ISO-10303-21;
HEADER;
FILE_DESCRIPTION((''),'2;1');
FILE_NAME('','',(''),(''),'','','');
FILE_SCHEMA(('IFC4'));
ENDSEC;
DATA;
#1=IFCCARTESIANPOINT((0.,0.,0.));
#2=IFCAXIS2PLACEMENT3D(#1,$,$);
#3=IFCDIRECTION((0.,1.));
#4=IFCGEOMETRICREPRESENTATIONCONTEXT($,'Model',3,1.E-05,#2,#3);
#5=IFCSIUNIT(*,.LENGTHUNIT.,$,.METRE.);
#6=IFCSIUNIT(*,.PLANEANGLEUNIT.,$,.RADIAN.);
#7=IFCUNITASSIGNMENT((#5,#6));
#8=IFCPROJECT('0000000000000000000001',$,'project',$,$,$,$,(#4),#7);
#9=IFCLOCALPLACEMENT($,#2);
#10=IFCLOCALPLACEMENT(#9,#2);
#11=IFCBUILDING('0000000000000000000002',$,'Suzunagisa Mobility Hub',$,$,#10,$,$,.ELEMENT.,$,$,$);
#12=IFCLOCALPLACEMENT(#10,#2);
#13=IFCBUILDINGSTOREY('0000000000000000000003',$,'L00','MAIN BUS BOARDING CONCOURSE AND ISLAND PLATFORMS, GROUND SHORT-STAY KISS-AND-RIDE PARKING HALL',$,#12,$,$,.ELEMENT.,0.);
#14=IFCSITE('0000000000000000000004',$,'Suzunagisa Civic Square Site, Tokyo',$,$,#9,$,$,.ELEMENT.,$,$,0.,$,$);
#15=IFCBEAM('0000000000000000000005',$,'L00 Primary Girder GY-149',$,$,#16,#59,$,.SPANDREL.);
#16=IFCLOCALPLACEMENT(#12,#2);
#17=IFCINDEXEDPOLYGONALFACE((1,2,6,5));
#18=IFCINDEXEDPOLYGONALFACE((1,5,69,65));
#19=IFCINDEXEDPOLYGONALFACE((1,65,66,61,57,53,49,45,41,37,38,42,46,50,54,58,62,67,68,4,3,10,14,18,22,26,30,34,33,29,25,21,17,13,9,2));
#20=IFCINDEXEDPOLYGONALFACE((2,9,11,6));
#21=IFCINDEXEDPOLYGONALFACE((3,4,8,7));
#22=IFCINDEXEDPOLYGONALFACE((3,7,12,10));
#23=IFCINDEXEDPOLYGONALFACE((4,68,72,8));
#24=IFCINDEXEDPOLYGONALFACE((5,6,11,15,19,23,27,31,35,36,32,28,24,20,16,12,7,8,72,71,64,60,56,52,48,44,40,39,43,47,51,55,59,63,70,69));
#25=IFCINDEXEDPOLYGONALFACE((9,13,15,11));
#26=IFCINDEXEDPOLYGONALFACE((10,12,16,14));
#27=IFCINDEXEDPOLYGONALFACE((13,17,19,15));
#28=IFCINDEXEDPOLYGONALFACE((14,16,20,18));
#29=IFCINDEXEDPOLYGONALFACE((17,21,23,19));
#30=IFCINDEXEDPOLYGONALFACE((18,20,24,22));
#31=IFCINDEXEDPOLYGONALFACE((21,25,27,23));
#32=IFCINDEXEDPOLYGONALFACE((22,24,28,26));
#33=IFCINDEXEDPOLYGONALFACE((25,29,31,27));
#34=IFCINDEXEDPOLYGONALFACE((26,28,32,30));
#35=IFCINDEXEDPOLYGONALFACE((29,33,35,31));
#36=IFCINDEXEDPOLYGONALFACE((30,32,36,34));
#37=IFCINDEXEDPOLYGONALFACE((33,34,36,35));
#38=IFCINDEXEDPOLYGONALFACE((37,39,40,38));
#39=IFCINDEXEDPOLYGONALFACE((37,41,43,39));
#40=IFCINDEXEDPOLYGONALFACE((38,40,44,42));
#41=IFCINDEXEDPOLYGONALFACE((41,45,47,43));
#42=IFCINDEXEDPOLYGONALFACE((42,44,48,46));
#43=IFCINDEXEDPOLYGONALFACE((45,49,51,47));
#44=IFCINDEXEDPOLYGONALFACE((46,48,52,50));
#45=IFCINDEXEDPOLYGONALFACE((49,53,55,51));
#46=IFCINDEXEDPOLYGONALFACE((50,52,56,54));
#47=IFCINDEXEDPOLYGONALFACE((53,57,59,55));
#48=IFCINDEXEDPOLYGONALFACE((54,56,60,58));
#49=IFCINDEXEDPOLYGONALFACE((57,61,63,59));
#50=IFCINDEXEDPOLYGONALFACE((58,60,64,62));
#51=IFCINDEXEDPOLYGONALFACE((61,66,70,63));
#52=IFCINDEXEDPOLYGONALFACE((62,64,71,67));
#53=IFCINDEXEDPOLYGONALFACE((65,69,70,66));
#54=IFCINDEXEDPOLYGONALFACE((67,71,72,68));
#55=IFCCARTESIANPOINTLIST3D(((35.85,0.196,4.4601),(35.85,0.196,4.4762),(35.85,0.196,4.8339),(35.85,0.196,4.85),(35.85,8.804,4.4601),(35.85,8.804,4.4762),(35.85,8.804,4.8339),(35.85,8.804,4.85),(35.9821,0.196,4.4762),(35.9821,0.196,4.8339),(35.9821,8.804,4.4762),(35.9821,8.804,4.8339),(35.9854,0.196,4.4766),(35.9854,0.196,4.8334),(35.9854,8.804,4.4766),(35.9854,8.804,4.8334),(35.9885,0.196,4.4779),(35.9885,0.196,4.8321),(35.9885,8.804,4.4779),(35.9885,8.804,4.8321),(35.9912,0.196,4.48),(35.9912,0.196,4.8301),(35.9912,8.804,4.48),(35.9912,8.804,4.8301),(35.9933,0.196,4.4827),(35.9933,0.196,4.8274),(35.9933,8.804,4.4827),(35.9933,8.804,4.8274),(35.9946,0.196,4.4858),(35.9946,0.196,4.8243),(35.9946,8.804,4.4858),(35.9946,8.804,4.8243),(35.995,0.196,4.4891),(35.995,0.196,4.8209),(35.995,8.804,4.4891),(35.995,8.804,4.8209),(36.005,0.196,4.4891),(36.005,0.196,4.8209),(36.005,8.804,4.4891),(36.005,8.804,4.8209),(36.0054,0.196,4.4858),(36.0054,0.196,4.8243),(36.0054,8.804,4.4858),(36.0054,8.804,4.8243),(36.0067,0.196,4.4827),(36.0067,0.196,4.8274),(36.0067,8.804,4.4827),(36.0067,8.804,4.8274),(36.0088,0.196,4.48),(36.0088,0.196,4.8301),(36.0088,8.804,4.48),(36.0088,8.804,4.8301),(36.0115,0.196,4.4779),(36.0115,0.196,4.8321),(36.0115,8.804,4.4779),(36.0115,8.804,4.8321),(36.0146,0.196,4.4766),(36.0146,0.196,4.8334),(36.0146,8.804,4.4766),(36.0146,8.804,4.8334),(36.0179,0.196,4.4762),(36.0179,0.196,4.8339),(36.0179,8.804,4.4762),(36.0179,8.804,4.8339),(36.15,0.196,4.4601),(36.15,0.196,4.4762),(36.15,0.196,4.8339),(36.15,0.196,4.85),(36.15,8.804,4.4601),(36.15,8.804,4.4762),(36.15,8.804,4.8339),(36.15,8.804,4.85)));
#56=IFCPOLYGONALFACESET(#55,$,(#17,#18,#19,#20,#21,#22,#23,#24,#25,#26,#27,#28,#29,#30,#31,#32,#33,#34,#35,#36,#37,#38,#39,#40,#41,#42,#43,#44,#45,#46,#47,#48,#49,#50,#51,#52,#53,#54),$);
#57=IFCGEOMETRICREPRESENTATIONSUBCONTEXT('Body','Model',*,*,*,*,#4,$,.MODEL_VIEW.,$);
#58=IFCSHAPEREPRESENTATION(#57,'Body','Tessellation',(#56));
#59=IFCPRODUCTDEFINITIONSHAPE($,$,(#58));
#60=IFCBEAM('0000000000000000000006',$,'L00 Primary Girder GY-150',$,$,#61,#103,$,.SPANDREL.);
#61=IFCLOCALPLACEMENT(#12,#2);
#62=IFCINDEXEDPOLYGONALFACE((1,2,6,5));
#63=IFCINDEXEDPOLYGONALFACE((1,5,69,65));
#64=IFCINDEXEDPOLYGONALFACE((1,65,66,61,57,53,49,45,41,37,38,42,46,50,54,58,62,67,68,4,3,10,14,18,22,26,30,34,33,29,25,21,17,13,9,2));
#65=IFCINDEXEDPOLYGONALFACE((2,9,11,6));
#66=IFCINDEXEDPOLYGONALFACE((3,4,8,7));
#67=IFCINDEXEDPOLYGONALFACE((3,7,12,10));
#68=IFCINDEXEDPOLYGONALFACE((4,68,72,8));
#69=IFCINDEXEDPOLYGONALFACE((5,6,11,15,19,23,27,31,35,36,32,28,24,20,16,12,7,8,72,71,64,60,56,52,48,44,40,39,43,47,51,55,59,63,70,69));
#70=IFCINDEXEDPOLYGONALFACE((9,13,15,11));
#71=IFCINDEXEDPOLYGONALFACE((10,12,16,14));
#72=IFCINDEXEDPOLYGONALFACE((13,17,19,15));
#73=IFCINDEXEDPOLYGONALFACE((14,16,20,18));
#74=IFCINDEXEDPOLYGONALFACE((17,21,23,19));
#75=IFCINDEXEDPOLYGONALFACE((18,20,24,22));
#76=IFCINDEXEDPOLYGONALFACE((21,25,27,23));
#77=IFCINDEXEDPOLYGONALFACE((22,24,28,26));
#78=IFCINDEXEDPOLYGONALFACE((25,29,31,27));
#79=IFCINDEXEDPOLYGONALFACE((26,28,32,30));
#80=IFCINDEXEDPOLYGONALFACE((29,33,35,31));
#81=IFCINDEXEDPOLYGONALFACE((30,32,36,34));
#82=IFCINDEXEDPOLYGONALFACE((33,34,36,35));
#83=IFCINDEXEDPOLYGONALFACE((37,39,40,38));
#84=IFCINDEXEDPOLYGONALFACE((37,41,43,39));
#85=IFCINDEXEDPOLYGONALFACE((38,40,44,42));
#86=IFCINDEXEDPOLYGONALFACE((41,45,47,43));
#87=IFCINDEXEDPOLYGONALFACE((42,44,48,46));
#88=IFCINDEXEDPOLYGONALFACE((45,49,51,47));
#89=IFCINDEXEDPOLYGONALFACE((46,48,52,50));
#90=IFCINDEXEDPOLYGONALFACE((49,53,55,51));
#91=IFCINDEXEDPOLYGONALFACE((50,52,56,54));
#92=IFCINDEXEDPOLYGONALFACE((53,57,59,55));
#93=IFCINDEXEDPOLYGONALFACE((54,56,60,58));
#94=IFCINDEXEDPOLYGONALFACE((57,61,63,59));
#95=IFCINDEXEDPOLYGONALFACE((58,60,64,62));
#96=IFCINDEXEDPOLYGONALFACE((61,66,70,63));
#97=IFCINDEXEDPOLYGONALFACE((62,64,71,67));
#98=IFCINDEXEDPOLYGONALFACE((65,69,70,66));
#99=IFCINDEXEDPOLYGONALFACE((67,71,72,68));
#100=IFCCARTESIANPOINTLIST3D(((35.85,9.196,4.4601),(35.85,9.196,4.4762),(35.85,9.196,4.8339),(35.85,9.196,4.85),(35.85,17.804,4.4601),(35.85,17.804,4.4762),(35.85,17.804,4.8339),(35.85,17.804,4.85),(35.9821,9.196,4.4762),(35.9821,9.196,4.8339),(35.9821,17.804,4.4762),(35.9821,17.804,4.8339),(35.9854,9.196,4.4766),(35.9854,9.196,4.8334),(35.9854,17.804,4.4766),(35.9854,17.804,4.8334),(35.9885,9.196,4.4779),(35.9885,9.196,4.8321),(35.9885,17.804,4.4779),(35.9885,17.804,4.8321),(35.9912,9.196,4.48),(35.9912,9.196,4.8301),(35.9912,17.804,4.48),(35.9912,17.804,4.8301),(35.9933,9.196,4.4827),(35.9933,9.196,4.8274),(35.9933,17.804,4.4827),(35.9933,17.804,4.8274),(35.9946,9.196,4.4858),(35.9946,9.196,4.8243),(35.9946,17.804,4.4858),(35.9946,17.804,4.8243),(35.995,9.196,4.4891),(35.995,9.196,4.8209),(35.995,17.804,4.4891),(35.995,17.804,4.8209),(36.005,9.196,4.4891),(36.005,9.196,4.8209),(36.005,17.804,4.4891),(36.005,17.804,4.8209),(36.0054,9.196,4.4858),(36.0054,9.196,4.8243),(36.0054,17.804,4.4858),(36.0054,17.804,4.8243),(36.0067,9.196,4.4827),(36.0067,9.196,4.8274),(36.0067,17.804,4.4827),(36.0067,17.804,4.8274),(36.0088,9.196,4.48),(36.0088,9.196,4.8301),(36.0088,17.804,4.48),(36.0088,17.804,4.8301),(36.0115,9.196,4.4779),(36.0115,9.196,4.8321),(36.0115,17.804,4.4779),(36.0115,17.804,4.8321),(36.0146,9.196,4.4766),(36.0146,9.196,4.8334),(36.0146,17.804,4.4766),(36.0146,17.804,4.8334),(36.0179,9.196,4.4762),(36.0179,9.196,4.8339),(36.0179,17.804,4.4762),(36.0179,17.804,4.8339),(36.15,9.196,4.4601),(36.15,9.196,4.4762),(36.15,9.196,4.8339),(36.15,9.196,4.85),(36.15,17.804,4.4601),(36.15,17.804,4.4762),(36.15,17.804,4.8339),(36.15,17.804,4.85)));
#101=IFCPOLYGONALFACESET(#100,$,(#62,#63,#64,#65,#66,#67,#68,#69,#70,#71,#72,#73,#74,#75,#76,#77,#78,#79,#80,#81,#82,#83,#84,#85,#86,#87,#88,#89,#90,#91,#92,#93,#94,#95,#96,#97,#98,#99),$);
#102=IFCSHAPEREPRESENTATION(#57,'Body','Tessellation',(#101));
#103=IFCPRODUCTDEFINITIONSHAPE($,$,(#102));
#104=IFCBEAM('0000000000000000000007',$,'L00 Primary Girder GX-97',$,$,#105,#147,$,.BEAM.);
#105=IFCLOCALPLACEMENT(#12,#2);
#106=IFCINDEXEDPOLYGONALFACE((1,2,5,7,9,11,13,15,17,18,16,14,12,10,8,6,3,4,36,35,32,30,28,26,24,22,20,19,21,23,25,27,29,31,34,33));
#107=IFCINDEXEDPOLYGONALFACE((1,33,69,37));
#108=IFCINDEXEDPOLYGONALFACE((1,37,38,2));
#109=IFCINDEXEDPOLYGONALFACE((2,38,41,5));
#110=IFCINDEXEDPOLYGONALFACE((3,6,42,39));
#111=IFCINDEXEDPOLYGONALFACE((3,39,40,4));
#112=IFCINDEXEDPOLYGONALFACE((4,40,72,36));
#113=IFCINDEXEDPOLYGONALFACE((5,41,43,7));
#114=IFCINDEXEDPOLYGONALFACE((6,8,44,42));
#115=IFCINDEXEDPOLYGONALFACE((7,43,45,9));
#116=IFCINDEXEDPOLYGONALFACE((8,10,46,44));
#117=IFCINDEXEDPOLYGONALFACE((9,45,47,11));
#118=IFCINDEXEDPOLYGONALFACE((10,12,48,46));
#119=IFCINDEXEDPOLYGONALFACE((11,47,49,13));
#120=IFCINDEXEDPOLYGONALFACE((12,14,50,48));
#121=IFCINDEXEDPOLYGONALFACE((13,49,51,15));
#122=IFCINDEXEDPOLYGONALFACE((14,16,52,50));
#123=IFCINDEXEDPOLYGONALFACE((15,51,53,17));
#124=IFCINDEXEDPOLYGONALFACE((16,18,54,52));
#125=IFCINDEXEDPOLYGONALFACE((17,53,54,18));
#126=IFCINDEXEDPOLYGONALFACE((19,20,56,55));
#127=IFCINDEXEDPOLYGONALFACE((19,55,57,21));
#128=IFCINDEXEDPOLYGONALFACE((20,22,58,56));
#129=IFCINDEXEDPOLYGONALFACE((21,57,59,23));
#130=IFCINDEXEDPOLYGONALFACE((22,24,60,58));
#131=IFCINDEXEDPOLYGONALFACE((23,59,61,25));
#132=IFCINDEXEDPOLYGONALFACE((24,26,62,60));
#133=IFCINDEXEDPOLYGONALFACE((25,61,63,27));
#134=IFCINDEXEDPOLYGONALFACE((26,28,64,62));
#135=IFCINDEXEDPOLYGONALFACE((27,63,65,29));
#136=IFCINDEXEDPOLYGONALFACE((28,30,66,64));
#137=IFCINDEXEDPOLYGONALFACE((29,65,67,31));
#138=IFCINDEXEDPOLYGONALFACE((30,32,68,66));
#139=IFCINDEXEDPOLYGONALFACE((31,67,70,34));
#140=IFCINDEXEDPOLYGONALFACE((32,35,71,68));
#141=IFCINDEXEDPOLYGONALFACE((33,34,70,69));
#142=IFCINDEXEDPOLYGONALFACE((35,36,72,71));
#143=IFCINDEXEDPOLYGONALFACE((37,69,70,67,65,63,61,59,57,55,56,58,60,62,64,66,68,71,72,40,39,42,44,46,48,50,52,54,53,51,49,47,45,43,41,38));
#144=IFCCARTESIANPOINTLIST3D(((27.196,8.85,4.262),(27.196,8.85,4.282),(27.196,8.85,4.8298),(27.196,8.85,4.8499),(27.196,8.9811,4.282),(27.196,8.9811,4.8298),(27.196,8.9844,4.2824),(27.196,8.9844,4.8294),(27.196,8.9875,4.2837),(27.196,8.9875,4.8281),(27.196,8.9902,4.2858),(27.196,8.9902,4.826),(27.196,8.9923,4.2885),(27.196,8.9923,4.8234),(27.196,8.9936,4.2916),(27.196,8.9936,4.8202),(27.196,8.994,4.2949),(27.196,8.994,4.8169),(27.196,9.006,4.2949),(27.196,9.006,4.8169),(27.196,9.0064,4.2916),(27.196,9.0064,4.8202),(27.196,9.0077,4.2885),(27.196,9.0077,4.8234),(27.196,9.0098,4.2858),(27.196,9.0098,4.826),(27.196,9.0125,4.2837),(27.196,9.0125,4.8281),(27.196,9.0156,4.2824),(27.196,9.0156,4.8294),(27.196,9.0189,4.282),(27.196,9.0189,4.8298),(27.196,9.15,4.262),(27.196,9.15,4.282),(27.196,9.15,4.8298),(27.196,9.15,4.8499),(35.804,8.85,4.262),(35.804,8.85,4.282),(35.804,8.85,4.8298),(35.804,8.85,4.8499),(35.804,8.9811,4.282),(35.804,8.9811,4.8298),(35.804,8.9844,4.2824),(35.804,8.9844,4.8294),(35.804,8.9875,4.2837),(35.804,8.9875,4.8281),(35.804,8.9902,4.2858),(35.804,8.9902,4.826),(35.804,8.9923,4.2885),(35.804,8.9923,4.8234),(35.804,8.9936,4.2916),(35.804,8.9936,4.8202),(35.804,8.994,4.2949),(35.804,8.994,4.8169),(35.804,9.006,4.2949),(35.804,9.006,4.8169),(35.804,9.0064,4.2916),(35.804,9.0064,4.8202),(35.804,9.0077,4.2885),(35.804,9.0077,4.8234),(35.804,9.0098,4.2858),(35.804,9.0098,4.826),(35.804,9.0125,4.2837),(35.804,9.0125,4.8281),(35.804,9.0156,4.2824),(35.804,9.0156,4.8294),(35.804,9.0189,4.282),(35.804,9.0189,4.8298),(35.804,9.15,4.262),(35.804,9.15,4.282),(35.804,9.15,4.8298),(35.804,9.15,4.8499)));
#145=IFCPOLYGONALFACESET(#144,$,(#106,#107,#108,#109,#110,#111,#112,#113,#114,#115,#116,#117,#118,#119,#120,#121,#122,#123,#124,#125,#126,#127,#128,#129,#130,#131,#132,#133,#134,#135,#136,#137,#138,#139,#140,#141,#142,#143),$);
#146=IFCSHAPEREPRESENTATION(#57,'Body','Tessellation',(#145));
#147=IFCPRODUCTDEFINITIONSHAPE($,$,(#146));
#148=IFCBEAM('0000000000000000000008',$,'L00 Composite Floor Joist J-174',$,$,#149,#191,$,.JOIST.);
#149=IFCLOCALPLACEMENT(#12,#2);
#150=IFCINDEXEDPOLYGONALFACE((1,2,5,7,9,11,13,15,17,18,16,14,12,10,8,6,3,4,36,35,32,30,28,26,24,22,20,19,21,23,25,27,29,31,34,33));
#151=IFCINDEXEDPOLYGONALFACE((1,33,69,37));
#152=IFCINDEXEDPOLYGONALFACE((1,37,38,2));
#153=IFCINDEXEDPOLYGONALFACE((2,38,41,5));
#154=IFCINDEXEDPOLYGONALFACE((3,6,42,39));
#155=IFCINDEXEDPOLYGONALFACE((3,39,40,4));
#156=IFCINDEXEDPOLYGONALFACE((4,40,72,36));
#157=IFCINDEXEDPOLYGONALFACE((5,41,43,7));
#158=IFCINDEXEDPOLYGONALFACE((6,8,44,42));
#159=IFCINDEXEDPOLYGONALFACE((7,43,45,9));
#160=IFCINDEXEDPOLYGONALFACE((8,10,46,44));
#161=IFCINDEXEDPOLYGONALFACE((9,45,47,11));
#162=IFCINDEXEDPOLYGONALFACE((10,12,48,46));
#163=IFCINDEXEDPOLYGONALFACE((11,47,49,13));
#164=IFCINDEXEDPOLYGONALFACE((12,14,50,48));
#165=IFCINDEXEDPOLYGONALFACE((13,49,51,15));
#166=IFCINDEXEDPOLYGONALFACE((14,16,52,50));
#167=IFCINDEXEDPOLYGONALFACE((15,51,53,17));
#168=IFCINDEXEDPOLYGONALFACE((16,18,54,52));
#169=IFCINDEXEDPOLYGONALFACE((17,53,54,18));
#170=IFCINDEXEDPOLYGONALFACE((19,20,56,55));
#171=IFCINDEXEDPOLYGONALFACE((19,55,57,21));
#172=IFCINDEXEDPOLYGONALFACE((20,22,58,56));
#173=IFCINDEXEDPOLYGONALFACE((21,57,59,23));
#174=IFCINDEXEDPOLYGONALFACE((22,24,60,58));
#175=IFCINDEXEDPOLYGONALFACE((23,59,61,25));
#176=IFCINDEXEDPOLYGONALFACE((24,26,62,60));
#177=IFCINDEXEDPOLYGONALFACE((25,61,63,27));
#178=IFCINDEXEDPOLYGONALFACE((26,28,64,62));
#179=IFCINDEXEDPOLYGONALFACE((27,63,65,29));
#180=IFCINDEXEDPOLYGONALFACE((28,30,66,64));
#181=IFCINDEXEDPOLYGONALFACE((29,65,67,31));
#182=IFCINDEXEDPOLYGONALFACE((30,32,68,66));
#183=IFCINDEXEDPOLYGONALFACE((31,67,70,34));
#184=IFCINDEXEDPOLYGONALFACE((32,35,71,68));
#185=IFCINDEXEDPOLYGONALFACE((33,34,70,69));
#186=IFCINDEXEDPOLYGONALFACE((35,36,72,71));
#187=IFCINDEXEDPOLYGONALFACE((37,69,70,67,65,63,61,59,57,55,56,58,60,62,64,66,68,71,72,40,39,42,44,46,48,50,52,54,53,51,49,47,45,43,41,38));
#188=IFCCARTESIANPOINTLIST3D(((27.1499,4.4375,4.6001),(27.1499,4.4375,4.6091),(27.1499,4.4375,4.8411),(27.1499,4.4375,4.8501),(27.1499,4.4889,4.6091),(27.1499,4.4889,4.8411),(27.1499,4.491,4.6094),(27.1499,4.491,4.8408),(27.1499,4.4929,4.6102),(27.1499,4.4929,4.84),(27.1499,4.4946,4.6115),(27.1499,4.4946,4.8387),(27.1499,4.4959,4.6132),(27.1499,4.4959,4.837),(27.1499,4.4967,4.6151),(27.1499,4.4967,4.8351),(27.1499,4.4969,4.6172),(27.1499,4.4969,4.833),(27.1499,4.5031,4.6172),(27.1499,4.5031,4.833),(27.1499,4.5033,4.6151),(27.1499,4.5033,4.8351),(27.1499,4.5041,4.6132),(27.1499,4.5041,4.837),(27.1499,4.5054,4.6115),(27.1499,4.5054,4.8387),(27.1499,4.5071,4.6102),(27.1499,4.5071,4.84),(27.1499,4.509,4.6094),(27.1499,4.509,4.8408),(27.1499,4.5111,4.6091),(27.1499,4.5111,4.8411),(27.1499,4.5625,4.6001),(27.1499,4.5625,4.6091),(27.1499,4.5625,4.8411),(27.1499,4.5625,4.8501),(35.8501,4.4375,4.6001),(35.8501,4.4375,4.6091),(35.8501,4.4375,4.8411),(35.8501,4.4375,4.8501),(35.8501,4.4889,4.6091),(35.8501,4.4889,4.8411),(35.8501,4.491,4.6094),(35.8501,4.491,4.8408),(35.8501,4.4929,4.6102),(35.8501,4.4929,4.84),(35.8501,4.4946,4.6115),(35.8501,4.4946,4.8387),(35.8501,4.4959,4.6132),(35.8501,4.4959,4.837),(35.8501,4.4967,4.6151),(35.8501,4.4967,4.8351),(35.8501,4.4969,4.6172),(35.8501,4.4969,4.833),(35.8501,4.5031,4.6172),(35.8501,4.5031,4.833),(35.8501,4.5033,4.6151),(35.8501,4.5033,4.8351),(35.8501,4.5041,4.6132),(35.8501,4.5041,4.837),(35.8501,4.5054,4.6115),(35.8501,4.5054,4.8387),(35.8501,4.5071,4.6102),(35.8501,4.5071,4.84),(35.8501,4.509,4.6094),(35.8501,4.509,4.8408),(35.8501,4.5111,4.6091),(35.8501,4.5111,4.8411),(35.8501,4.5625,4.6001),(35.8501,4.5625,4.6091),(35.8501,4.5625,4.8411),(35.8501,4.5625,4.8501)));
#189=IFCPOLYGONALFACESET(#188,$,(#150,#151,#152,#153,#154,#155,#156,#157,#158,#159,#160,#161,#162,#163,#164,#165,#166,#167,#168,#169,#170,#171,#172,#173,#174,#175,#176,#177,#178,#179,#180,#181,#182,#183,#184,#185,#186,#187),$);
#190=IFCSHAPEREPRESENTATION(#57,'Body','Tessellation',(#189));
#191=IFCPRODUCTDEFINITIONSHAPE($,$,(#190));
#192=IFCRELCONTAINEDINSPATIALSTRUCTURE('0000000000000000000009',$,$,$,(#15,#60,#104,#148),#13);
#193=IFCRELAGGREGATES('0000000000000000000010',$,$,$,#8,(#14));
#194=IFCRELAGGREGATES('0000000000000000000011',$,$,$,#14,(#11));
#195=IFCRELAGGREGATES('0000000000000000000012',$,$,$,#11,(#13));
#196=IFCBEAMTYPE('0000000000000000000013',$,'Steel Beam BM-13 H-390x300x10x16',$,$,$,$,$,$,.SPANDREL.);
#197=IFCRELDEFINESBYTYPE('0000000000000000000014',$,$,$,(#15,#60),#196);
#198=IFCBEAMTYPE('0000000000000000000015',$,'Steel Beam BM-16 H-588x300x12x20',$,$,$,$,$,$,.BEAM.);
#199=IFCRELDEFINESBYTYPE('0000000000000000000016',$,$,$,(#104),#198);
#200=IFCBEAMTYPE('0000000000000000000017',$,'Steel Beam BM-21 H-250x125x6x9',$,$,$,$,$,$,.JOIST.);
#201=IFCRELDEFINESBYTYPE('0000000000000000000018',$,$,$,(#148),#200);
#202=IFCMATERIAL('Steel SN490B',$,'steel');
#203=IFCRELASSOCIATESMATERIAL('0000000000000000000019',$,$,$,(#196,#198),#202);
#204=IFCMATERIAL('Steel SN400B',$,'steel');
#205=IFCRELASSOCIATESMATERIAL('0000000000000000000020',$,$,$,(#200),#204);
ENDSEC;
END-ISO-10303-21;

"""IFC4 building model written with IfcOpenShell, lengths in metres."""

from ifc_helpers import new_model, si_unit, direction, frame, origin, origin_2d, place, context, subcontext, project, spatial, i_section, extrude, material, material_profile, profile_set, type_object, element, save


model = new_model("IFC4")

# Units and contexts
model_context = context("Model", 3, precision=1e-05, world=origin(), true_north=direction((0.0, 1.0)))
body_context = subcontext(model_context, "Body", "Model", "MODEL_VIEW")
ifc_project = project(units=[si_unit("LENGTHUNIT", "METRE"), si_unit("PLANEANGLEUNIT", "RADIAN")], contexts=[model_context])

# Site, building, storey
site_placement = place(None, origin())
site = spatial("IfcSite", under=ifc_project, at=site_placement, Name="Suzunagisa Civic Square Site, Tokyo", CompositionType="ELEMENT", RefElevation=0.0)
building_placement = place(site_placement, origin())
building = spatial("IfcBuilding", under=site, at=building_placement, Name="Suzunagisa Mobility Hub", CompositionType="ELEMENT")
storey_placement = place(building_placement, origin())
storey = spatial("IfcBuildingStorey", under=building, at=storey_placement, Name="L00", Description="MAIN BUS BOARDING CONCOURSE AND ISLAND PLATFORMS, GROUND SHORT-STAY KISS-AND-RIDE PARKING HALL", CompositionType="ELEMENT", Elevation=0.0)

# Shared definitions
ifc_material_1 = material(Name="Steel SN490B", Category="steel")

# Beams
ifc_material_profile_1 = material_profile(ifc_material_1, i_section(OverallWidth=0.3, OverallDepth=0.3899, WebThickness=0.01, FlangeThickness=0.0161, FilletRadius=0.0129, at=origin_2d()), Name="H-390x300x10x16")
ifc_profile_set_1 = profile_set([ifc_material_profile_1], Name="Steel SN490B")
beam_type_1 = type_object("IfcBeamType", Name="Steel Beam BM-13 H-390x300x10x16", PredefinedType="SPANDREL", material=ifc_profile_set_1)
for number, where, z_axis, x_axis, name in (
    (1, (36.0, 0.196, 4.655), (0.0, 1.0, 0.0), (-1.0, 0.0, 0.0), "L00 Primary Girder GY-149"),
    (2, (36.0, 9.196, 4.655), (0.0, 1.0, 0.0), (-1.0, 0.0, 0.0), "L00 Primary Girder GY-150"),
):
    element("IfcBeam", number, at=place(storey_placement, frame(where, z_axis=z_axis, x_axis=x_axis)), inside=storey, type_object=beam_type_1, Name=name, PredefinedType="SPANDREL", context=body_context, shape_type="SweptSolid", body=[
        extrude(i_section(OverallWidth=0.3, OverallDepth=0.3899, WebThickness=0.01, FlangeThickness=0.0161, FilletRadius=0.0129, at=origin_2d()), origin(), (0.0, 0.0, 1.0), 8.6079),
    ])
ifc_material_profile_2 = material_profile(ifc_material_1, i_section(OverallWidth=0.3, OverallDepth=0.5879, WebThickness=0.012, FlangeThickness=0.02, FilletRadius=0.0129, at=origin_2d()), Name="H-588x300x12x20")
ifc_profile_set_2 = profile_set([ifc_material_profile_2], Name="Steel SN490B")
beam_type_2 = type_object("IfcBeamType", Name="Steel Beam BM-16 H-588x300x12x20", PredefinedType="BEAM", material=ifc_profile_set_2)
beam_1_placement = place(storey_placement, frame((27.196, 9.0, 4.5559), z_axis=(1.0, 0.0, 0.0), x_axis=(0.0, 1.0, 0.0)))
element("IfcBeam", 3, at=beam_1_placement, inside=storey, type_object=beam_type_2, Name="L00 Primary Girder GX-97", PredefinedType="BEAM", context=body_context, shape_type="SweptSolid", body=[
    extrude(i_section(OverallWidth=0.3, OverallDepth=0.5879, WebThickness=0.012, FlangeThickness=0.02, FilletRadius=0.0129, at=origin_2d()), origin(), (0.0, 0.0, 1.0), 8.6079),
])
ifc_material_2 = material(Name="Steel SN400B", Category="steel")
ifc_material_profile_3 = material_profile(ifc_material_2, i_section(OverallWidth=0.125, OverallDepth=0.25, WebThickness=0.0061, FlangeThickness=0.009, FilletRadius=0.0081, at=origin_2d()), Name="H-250x125x6x9")
ifc_profile_set_3 = profile_set([ifc_material_profile_3], Name="Steel SN400B")
beam_type_3 = type_object("IfcBeamType", Name="Steel Beam BM-21 H-250x125x6x9", PredefinedType="JOIST", material=ifc_profile_set_3)
beam_2_placement = place(storey_placement, frame((27.1499, 4.5, 4.7251), z_axis=(1.0, 0.0, 0.0), x_axis=(0.0, 1.0, 0.0)))
element("IfcBeam", 4, at=beam_2_placement, inside=storey, type_object=beam_type_3, Name="L00 Composite Floor Joist J-174", PredefinedType="JOIST", context=body_context, shape_type="SweptSolid", body=[
    extrude(i_section(OverallWidth=0.125, OverallDepth=0.25, WebThickness=0.0061, FlangeThickness=0.009, FilletRadius=0.0081, at=origin_2d()), origin(), (0.0, 0.0, 1.0), 8.7002),
])

save(model, "model.ifc")
